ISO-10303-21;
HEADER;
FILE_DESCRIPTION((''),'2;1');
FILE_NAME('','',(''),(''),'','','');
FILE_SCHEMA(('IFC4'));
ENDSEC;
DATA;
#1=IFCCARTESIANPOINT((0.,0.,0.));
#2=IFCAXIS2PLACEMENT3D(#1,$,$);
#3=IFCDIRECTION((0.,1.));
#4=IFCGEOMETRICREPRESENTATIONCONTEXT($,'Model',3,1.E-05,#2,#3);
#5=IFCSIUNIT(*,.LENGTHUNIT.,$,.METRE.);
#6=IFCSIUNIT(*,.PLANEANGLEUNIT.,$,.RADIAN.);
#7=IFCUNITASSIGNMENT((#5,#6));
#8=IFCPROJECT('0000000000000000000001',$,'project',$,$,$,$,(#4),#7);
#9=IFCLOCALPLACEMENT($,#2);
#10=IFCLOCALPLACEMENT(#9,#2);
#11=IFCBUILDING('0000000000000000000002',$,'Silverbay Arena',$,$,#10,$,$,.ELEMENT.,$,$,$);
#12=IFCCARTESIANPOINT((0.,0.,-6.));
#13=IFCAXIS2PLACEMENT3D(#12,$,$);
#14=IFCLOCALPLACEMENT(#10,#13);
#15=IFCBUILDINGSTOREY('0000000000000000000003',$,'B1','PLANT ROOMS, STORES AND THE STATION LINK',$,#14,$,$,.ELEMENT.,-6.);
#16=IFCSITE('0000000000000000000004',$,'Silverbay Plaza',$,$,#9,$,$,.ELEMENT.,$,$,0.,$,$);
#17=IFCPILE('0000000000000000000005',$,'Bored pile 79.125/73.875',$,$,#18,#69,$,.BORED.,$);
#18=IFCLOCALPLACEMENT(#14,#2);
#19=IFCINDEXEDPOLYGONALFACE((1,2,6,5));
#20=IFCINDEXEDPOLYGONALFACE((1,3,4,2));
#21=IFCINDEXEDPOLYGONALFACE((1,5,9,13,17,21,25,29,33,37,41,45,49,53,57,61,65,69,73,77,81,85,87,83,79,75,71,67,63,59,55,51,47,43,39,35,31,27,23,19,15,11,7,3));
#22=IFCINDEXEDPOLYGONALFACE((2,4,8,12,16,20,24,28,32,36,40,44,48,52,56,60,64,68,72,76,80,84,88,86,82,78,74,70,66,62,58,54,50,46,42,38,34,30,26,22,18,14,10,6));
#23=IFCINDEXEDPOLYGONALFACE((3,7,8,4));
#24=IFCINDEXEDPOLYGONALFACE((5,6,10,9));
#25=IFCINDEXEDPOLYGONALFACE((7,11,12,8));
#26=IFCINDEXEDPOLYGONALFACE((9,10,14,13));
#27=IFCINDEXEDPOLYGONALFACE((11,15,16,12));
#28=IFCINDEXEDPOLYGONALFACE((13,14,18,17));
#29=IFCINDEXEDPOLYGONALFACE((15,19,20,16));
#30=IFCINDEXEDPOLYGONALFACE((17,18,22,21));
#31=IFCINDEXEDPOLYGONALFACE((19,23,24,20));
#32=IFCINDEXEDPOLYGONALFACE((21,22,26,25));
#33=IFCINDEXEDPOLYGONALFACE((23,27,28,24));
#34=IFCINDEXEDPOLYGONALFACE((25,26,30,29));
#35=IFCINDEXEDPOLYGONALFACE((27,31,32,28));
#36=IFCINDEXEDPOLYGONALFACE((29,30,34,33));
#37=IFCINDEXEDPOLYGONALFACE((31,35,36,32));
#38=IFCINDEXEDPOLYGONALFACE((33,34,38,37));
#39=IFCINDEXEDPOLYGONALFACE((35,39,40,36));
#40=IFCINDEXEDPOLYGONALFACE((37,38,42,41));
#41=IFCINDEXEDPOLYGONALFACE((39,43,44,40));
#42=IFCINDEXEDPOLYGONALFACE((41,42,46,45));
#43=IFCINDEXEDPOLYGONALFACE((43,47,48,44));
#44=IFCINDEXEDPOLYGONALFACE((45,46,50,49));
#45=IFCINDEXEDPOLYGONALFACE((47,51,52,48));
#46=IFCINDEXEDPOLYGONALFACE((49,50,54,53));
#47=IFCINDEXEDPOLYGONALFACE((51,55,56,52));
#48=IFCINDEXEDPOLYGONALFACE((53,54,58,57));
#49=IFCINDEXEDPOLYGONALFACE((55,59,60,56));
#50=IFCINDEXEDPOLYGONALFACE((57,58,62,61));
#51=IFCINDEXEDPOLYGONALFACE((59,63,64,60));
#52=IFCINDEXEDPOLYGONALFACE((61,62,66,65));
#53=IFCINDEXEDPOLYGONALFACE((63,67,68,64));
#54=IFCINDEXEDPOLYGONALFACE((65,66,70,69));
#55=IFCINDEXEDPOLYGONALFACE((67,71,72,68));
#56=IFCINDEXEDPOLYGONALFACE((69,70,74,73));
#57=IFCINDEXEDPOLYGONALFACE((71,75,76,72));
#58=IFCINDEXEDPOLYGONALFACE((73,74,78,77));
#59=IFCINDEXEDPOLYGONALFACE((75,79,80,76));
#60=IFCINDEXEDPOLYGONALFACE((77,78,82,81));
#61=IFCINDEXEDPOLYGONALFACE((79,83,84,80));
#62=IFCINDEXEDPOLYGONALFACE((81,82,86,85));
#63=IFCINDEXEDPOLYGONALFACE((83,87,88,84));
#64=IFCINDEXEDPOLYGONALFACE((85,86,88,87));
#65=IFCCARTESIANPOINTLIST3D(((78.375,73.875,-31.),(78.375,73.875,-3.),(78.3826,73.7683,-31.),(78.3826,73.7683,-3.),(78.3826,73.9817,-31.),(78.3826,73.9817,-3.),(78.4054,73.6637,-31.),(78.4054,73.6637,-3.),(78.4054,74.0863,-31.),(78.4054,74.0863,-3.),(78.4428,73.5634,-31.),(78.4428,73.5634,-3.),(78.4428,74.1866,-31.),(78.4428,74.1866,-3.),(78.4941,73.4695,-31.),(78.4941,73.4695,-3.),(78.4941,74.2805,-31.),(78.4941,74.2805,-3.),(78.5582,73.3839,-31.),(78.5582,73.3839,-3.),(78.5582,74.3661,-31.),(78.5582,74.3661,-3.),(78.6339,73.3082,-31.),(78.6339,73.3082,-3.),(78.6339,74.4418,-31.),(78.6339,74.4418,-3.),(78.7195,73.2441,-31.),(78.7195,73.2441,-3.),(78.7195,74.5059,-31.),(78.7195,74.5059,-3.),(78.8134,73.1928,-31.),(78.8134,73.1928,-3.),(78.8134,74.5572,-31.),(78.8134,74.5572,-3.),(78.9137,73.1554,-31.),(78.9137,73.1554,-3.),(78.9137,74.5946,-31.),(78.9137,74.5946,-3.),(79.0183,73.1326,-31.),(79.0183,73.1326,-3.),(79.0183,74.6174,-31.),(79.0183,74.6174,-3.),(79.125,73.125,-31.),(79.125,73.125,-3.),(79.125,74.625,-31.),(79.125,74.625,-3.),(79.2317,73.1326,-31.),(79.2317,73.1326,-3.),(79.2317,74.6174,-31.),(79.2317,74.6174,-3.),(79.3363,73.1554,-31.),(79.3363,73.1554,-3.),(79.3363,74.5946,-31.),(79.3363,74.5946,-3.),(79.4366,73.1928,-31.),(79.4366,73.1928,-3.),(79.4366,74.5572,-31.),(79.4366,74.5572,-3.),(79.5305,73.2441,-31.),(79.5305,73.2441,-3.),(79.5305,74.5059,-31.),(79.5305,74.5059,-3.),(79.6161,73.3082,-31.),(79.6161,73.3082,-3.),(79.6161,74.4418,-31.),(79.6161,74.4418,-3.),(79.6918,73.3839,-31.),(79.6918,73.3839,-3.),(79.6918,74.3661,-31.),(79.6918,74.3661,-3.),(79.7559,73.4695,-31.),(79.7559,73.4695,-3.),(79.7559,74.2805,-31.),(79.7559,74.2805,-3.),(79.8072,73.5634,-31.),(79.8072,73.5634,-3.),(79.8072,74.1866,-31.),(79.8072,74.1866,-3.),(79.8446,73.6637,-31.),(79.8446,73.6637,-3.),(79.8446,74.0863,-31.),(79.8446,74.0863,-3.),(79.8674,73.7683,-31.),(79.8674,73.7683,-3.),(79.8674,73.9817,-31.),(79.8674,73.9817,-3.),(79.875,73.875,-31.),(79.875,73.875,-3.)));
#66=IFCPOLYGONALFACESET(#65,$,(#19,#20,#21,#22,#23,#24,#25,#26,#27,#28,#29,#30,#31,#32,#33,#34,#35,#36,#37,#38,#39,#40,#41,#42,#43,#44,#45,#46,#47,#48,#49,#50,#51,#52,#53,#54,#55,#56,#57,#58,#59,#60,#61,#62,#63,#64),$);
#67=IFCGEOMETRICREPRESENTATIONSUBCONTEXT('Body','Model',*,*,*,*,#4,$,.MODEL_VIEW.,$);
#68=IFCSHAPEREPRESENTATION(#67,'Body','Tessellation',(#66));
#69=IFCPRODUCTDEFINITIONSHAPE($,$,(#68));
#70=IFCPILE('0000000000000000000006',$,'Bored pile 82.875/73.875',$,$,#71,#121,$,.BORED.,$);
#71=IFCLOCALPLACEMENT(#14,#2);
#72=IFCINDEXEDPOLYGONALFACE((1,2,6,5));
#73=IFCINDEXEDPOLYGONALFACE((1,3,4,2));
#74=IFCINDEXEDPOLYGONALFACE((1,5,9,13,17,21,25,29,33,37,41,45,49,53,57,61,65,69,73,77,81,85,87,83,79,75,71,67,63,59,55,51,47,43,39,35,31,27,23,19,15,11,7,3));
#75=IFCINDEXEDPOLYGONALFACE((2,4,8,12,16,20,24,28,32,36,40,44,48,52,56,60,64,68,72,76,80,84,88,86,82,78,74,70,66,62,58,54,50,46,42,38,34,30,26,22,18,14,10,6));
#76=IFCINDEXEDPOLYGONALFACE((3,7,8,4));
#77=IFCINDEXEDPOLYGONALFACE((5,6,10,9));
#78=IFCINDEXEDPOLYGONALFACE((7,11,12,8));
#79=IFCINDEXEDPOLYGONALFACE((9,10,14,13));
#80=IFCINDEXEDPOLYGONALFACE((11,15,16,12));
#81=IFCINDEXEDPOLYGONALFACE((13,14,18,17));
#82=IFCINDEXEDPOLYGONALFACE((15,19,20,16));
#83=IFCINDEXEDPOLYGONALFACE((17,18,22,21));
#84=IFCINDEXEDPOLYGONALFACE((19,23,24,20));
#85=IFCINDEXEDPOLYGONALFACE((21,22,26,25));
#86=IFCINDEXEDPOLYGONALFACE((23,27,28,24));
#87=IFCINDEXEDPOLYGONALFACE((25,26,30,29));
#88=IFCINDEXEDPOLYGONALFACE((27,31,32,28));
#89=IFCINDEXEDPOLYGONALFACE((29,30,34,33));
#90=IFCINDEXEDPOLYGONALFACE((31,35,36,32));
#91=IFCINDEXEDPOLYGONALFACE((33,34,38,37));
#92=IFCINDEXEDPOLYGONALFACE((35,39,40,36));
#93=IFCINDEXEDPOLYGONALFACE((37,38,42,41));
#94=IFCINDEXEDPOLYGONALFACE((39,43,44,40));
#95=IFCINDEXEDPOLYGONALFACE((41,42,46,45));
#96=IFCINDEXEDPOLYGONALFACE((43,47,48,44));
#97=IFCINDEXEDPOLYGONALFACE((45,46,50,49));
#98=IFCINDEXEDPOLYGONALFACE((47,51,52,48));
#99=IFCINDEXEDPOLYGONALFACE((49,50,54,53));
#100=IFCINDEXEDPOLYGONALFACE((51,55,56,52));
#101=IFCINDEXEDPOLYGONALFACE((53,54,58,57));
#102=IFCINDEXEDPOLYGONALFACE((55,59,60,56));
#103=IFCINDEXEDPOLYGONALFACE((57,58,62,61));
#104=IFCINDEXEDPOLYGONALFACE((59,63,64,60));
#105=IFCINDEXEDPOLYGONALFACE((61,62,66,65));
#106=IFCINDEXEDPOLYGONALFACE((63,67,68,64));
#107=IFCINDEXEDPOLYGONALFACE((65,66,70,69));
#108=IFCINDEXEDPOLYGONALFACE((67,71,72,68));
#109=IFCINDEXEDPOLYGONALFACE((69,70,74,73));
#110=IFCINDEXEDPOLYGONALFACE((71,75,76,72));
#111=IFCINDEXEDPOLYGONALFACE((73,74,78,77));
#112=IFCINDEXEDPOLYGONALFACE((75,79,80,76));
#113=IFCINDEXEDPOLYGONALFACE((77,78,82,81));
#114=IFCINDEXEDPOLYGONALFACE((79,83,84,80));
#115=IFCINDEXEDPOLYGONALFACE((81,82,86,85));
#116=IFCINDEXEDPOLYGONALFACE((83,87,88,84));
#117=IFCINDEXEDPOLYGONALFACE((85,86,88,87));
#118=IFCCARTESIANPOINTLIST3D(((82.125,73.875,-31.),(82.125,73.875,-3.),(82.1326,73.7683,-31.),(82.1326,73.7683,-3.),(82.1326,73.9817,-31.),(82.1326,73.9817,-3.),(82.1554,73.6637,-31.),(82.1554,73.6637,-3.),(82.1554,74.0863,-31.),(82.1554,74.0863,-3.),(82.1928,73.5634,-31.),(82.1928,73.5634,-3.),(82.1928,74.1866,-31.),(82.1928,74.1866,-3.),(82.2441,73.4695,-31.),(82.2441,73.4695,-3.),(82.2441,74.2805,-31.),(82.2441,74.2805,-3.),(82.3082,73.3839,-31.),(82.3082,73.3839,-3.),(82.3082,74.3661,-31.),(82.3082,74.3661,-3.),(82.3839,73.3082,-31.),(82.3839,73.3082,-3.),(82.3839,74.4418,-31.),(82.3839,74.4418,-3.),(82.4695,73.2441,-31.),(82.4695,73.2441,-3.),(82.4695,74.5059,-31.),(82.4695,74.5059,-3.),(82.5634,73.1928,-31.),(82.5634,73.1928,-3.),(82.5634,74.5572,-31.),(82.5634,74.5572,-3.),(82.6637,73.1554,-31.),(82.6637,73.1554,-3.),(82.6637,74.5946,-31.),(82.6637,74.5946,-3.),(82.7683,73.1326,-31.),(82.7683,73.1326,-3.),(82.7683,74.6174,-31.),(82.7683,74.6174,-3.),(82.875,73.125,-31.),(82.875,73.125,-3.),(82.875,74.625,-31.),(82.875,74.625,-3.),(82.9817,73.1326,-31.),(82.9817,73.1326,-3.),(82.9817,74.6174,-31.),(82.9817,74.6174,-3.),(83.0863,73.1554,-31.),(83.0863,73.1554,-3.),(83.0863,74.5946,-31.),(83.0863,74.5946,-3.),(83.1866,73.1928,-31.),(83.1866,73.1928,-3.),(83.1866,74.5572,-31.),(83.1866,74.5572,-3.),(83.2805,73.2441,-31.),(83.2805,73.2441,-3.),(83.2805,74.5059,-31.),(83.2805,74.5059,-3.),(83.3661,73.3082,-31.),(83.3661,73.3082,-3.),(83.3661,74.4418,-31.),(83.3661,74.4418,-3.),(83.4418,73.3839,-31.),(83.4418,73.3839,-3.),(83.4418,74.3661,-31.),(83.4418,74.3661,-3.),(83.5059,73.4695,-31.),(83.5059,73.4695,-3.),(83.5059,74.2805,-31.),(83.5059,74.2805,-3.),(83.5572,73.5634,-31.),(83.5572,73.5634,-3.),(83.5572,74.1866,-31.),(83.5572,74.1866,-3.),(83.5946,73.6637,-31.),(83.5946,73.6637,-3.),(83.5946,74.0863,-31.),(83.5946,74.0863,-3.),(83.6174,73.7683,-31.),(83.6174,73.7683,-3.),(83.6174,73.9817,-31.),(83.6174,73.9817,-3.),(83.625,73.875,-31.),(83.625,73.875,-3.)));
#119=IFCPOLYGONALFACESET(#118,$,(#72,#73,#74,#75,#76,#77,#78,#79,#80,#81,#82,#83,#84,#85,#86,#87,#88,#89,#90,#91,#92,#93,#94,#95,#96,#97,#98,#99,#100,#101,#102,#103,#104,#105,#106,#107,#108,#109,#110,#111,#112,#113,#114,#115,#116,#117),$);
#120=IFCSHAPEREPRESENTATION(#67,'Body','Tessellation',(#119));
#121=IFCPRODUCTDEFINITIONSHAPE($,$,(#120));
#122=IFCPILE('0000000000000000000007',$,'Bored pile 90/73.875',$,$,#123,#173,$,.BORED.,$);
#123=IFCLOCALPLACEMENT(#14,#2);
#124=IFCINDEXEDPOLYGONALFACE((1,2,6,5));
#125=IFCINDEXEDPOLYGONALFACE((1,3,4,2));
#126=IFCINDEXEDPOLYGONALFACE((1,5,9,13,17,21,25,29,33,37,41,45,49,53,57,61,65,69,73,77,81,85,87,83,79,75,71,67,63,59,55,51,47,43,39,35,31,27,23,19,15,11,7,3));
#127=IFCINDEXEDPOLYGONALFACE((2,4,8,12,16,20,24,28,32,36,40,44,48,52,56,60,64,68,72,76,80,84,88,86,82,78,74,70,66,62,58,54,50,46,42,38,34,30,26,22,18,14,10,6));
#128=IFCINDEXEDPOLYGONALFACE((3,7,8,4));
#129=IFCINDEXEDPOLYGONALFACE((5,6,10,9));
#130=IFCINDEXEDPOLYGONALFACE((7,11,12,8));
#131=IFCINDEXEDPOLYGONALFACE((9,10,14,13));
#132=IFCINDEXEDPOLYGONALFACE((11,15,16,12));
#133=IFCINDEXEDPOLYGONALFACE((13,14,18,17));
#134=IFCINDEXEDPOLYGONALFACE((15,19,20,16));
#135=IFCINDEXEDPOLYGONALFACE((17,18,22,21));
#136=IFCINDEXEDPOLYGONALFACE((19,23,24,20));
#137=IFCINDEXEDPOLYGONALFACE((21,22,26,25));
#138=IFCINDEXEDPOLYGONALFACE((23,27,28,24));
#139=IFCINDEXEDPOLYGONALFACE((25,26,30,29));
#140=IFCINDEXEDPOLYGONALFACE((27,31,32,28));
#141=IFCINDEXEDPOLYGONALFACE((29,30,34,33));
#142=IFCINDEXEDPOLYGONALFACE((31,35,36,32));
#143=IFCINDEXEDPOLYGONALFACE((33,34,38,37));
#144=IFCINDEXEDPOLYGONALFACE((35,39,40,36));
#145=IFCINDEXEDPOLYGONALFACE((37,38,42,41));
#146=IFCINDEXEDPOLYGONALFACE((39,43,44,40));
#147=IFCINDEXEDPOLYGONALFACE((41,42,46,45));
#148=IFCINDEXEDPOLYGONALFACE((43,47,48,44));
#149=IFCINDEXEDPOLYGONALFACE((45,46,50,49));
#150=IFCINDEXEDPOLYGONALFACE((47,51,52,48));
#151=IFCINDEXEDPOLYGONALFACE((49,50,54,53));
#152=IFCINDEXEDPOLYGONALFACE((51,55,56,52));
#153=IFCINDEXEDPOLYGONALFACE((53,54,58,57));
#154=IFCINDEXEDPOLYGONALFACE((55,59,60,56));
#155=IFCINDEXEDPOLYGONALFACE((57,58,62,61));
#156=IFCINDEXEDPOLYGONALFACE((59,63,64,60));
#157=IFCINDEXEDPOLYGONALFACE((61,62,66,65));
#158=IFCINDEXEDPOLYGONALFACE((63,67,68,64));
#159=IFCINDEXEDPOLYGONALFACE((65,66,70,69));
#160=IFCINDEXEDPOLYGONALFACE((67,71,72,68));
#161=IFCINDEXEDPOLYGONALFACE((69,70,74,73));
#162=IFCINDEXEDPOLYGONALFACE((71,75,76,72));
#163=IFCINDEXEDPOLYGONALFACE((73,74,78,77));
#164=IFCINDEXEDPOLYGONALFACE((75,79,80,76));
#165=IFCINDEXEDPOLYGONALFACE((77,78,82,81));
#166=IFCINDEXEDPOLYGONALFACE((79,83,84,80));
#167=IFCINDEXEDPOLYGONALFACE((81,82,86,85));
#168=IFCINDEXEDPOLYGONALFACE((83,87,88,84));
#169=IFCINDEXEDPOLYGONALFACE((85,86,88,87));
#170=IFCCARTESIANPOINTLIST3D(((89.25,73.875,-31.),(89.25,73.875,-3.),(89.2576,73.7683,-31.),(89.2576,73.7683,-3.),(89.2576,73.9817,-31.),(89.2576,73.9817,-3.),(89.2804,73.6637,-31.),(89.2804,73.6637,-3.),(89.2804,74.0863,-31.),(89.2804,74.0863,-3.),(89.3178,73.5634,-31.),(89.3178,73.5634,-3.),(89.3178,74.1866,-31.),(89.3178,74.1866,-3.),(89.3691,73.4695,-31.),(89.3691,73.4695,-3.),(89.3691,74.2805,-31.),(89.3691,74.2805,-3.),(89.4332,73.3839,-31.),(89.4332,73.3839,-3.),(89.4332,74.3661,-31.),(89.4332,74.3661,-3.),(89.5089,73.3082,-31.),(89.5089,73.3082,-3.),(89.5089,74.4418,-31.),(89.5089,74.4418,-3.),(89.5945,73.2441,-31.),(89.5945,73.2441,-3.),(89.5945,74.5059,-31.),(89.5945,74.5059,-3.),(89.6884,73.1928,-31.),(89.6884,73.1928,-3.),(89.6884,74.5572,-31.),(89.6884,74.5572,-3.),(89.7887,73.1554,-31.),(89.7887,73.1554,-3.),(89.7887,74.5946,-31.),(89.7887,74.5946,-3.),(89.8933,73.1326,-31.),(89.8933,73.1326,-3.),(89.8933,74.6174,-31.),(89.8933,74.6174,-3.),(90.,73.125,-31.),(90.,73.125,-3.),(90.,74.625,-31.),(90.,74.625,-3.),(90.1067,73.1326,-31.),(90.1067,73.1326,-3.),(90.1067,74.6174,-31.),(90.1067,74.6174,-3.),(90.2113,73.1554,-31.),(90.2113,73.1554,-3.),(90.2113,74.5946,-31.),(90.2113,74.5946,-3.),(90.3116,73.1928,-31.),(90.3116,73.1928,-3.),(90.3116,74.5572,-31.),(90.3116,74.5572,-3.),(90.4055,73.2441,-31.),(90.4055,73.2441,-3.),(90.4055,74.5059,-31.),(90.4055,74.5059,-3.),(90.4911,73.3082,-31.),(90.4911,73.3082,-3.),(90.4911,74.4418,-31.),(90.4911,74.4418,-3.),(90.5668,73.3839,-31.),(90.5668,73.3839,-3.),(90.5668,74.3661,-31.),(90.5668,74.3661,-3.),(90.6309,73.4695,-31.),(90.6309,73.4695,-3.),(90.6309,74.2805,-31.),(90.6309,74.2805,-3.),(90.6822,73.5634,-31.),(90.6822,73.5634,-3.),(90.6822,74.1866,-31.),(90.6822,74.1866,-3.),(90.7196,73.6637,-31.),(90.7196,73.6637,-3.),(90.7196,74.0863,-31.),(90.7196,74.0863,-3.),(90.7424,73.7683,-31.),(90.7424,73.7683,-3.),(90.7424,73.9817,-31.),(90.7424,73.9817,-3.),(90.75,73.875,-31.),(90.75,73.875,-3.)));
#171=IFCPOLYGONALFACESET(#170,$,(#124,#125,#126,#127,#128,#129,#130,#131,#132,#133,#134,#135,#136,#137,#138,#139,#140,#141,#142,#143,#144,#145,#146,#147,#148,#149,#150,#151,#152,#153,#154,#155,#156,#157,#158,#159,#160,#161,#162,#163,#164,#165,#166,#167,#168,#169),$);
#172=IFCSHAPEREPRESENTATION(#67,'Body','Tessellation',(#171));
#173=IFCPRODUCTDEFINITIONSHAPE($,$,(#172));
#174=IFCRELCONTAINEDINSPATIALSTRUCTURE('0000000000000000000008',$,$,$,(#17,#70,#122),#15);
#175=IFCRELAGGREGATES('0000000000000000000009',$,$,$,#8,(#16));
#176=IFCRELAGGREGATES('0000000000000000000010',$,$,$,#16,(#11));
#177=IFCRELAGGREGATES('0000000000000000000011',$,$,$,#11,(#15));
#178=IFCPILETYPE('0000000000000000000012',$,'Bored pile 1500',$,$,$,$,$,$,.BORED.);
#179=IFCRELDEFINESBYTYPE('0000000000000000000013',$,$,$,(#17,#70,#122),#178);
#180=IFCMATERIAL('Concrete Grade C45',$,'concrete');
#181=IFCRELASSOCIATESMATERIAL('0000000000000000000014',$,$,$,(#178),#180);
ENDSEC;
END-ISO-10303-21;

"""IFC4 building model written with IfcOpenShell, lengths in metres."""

from ifc_helpers import new_model, si_unit, direction, frame, origin, origin_2d, place, context, subcontext, project, spatial, circle, extrude, material, material_profile, profile_set, type_object, element, save


model = new_model("IFC4")

# Units and contexts
model_context = context("Model", 3, precision=1e-05, world=origin(), true_north=direction((0.0, 1.0)))
body_context = subcontext(model_context, "Body", "Model", "MODEL_VIEW")
ifc_project = project(units=[si_unit("LENGTHUNIT", "METRE"), si_unit("PLANEANGLEUNIT", "RADIAN")], contexts=[model_context])

# Site, building, storey
site_placement = place(None, origin())
site = spatial("IfcSite", under=ifc_project, at=site_placement, Name="Silverbay Plaza", CompositionType="ELEMENT", RefElevation=0.0)
building_placement = place(site_placement, origin())
building = spatial("IfcBuilding", under=site, at=building_placement, Name="Silverbay Arena", CompositionType="ELEMENT")
storey_placement = place(building_placement, frame((0.0, 0.0, -6.0)))
storey = spatial("IfcBuildingStorey", under=building, at=storey_placement, Name="B1", Description="PLANT ROOMS, STORES AND THE STATION LINK", CompositionType="ELEMENT", Elevation=-6.0)

# Piles
ifc_material_1 = material(Name="Concrete Grade C45", Category="concrete")
ifc_material_profile_1 = material_profile(ifc_material_1, circle(Radius=0.75, at=origin_2d()), Name="Bored pile 1500")
ifc_profile_set_1 = profile_set([ifc_material_profile_1], Name="Concrete Grade C45")
pile_type = type_object("IfcPileType", Name="Bored pile 1500", PredefinedType="BORED", material=ifc_profile_set_1)
for number, where, z_axis, x_axis, name in (
    (1, (79.125, 73.875, -3.0), (0.0, 0.0, -1.0), (1.0, 0.0, 0.0), "Bored pile 79.125/73.875"),
    (2, (82.875, 73.875, -3.0), (0.0, 0.0, -1.0), (1.0, 0.0, 0.0), "Bored pile 82.875/73.875"),
    (3, (90.0, 73.875, -3.0), (0.0, 0.0, -1.0), (1.0, 0.0, 0.0), "Bored pile 90/73.875"),
):
    element("IfcPile", number, at=place(storey_placement, frame(where, z_axis=z_axis, x_axis=x_axis)), inside=storey, type_object=pile_type, Name=name, PredefinedType="BORED", context=body_context, shape_type="SweptSolid", body=[
        extrude(circle(Radius=0.75, at=origin_2d()), origin(), (0.0, 0.0, 1.0), 28.0),
    ])

save(model, "model.ifc")
